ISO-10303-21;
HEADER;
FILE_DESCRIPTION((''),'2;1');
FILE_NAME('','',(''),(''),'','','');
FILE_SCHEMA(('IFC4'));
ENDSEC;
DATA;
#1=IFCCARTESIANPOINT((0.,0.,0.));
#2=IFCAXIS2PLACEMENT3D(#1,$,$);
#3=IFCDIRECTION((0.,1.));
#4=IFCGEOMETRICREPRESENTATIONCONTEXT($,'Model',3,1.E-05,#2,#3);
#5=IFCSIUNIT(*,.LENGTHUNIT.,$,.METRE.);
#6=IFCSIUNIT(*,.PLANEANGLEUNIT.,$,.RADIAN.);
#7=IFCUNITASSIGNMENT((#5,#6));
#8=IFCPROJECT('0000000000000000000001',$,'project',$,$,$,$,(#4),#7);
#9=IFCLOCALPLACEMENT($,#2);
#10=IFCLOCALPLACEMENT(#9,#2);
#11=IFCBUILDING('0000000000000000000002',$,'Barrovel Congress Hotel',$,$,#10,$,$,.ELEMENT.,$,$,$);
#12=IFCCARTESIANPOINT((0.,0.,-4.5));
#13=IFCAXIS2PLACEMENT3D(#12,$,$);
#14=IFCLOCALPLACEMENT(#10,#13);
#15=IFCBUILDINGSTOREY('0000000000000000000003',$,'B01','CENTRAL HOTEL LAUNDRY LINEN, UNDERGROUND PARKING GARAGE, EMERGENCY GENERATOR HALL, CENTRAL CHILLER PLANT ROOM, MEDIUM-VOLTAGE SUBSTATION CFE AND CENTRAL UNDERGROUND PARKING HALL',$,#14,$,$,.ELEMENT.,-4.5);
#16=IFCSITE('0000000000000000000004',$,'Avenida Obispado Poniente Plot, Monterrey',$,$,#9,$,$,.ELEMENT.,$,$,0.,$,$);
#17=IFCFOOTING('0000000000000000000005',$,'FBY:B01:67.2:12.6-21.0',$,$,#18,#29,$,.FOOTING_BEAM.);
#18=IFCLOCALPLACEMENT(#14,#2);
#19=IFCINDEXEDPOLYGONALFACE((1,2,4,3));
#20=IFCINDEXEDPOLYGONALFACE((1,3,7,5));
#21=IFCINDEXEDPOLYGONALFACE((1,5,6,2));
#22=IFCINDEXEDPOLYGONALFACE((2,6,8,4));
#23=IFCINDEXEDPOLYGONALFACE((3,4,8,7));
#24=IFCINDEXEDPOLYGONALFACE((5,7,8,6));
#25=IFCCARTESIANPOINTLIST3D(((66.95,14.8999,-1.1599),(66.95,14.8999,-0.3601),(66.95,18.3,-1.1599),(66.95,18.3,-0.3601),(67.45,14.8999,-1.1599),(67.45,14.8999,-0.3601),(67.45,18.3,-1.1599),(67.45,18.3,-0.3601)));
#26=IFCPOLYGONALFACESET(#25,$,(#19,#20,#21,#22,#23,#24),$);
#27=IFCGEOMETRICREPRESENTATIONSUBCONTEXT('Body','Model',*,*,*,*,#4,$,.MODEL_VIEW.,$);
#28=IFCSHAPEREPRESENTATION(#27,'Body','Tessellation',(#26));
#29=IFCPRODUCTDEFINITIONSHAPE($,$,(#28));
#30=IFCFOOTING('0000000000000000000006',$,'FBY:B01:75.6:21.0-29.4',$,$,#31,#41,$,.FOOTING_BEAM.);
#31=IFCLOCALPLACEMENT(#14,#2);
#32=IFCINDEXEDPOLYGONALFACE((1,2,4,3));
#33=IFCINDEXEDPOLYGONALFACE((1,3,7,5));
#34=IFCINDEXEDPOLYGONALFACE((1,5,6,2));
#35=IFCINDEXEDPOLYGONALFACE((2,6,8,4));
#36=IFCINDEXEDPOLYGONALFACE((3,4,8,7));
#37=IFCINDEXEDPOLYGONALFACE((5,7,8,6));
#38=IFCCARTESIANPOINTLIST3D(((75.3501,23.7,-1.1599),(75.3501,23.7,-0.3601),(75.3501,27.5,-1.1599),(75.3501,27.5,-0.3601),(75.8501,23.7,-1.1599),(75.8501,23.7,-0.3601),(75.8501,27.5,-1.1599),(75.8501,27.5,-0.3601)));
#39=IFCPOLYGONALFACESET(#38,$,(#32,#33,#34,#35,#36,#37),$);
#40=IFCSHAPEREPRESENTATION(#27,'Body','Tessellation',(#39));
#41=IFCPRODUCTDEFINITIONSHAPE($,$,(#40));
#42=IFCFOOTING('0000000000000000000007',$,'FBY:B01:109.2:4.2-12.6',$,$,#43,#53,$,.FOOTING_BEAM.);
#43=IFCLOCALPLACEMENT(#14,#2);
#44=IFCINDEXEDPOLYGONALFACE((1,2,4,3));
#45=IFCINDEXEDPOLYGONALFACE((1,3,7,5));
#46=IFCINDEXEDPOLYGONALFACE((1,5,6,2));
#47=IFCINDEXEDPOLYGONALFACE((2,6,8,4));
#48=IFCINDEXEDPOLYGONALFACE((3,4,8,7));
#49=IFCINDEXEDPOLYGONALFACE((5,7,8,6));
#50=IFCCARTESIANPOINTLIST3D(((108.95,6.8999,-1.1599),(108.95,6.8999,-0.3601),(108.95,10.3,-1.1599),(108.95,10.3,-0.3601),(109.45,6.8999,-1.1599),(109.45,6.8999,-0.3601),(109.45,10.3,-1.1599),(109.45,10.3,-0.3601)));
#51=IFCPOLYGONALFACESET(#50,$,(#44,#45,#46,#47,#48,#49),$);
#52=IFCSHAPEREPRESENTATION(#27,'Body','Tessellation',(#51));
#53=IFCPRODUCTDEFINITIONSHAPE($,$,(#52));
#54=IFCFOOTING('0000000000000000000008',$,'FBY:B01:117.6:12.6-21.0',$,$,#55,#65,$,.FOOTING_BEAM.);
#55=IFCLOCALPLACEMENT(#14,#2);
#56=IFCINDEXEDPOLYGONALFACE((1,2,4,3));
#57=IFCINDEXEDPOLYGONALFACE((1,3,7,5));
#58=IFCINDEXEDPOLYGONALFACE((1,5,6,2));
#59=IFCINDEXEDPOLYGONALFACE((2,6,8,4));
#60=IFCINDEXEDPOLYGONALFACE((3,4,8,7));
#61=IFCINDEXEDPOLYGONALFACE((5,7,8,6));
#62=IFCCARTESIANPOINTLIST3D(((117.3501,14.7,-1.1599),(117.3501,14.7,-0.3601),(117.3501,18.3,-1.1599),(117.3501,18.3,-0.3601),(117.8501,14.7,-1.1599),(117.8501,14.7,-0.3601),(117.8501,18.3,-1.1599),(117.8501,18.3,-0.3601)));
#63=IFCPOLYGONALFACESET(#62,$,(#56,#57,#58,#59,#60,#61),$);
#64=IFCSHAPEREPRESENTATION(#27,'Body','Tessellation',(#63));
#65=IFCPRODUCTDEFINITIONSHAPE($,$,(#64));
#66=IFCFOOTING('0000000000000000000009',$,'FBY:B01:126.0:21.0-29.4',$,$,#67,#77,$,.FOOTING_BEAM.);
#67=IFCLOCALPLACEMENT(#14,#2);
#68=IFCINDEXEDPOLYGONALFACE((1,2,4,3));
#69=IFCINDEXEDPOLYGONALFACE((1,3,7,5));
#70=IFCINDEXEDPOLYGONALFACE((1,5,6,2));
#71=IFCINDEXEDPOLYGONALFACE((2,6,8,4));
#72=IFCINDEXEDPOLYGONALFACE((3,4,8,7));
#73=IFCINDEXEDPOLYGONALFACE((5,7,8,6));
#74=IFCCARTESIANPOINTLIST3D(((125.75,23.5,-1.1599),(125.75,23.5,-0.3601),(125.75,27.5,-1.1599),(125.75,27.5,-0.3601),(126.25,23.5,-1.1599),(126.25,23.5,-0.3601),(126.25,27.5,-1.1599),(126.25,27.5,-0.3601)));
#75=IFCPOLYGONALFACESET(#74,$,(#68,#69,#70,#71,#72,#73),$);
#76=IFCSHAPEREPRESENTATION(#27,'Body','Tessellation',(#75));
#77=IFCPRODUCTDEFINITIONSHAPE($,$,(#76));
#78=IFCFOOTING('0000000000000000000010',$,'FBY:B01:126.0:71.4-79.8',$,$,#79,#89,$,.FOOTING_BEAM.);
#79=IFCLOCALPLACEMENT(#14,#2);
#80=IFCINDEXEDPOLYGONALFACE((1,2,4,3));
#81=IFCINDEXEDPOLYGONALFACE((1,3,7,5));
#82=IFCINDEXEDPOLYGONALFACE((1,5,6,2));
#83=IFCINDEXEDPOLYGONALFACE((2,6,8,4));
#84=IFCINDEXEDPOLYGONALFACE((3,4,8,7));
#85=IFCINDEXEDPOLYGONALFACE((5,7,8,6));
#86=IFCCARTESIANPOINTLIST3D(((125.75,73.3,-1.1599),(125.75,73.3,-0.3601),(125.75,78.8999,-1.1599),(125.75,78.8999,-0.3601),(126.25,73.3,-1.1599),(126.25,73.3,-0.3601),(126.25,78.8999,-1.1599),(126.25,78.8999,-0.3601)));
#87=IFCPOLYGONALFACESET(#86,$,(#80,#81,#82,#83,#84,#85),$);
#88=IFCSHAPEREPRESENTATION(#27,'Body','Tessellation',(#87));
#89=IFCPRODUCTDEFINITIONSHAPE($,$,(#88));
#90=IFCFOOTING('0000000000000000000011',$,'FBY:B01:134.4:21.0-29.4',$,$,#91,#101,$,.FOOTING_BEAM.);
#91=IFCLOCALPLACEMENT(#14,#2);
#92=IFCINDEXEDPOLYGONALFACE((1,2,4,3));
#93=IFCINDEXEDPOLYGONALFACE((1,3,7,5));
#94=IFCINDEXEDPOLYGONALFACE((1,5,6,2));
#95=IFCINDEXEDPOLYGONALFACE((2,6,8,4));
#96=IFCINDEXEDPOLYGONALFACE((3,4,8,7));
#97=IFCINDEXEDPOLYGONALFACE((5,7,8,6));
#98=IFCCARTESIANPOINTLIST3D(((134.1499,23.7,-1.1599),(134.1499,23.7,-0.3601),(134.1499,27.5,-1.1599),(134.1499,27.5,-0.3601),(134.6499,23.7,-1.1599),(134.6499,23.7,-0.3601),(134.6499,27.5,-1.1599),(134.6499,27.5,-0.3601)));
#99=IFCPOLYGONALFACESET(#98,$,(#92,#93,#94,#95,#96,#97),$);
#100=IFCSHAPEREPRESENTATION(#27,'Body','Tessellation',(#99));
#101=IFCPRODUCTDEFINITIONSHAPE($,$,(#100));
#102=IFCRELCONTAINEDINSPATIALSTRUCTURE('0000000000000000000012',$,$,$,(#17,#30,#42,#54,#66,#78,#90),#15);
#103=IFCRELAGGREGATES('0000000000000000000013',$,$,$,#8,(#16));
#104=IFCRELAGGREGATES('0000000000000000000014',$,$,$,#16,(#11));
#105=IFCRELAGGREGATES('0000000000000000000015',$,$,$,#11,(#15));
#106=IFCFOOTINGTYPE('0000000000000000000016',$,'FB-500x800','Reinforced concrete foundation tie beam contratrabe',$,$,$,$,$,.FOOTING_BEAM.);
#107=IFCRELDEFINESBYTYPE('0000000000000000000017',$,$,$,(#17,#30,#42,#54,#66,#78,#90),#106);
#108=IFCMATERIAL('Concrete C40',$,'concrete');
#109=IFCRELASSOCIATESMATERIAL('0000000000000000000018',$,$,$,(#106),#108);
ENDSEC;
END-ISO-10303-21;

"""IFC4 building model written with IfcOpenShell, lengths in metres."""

from ifc_helpers import new_model, si_unit, direction, frame, origin, place, context, subcontext, project, spatial, polyline, outline, extrude, material, type_object, element, save


model = new_model("IFC4")

# Units and contexts
model_context = context("Model", 3, precision=1e-05, world=origin(), true_north=direction((0.0, 1.0)))
body_context = subcontext(model_context, "Body", "Model", "MODEL_VIEW")
ifc_project = project(units=[si_unit("LENGTHUNIT", "METRE"), si_unit("PLANEANGLEUNIT", "RADIAN")], contexts=[model_context])

# Site, building, storey
site_placement = place(None, origin())
site = spatial("IfcSite", under=ifc_project, at=site_placement, Name="Avenida Obispado Poniente Plot, Monterrey", CompositionType="ELEMENT", RefElevation=0.0)
building_placement = place(site_placement, origin())
building = spatial("IfcBuilding", under=site, at=building_placement, Name="Barrovel Congress Hotel", CompositionType="ELEMENT")
storey_placement = place(building_placement, frame((0.0, 0.0, -4.5)))
storey = spatial("IfcBuildingStorey", under=building, at=storey_placement, Name="B01", Description="CENTRAL HOTEL LAUNDRY LINEN, UNDERGROUND PARKING GARAGE, EMERGENCY GENERATOR HALL, CENTRAL CHILLER PLANT ROOM, MEDIUM-VOLTAGE SUBSTATION CFE AND CENTRAL UNDERGROUND PARKING HALL", CompositionType="ELEMENT", Elevation=-4.5)

# Footings
ifc_material = material(Name="Concrete C40", Category="concrete")
footing_type_1 = type_object("IfcFootingType", Name="FB-500x800", Description="Reinforced concrete foundation tie beam contratrabe", PredefinedType="FOOTING_BEAM", material=ifc_material)
footing_1_placement = place(storey_placement, frame((0.0, 0.0, -1.1599)))
element("IfcFooting", 1, at=footing_1_placement, inside=storey, type_object=footing_type_1, Name="FBY:B01:67.2:12.6-21.0", PredefinedType="FOOTING_BEAM", context=body_context, shape_type="SweptSolid", body=[
    extrude(outline(polyline([(66.95, 14.8999), (67.45, 14.8999), (67.45, 18.3), (66.95, 18.3), (66.95, 14.8999)])), origin(), (0.0, 0.0, 1.0), 0.7998),
])
footing_2_placement = place(storey_placement, frame((0.0, 0.0, -1.1599)))
element("IfcFooting", 2, at=footing_2_placement, inside=storey, type_object=footing_type_1, Name="FBY:B01:75.6:21.0-29.4", PredefinedType="FOOTING_BEAM", context=body_context, shape_type="SweptSolid", body=[
    extrude(outline(polyline([(75.3501, 23.7), (75.8501, 23.7), (75.8501, 27.5), (75.3501, 27.5), (75.3501, 23.7)])), origin(), (0.0, 0.0, 1.0), 0.7998),
])
footing_3_placement = place(storey_placement, frame((0.0, 0.0, -1.1599)))
element("IfcFooting", 3, at=footing_3_placement, inside=storey, type_object=footing_type_1, Name="FBY:B01:109.2:4.2-12.6", PredefinedType="FOOTING_BEAM", context=body_context, shape_type="SweptSolid", body=[
    extrude(outline(polyline([(108.95, 6.8999), (109.45, 6.8999), (109.45, 10.3), (108.95, 10.3), (108.95, 6.8999)])), origin(), (0.0, 0.0, 1.0), 0.7998),
])
footing_4_placement = place(storey_placement, frame((0.0, 0.0, -1.1599)))
element("IfcFooting", 4, at=footing_4_placement, inside=storey, type_object=footing_type_1, Name="FBY:B01:117.6:12.6-21.0", PredefinedType="FOOTING_BEAM", context=body_context, shape_type="SweptSolid", body=[
    extrude(outline(polyline([(117.3501, 14.7), (117.8501, 14.7), (117.8501, 18.3), (117.3501, 18.3), (117.3501, 14.7)])), origin(), (0.0, 0.0, 1.0), 0.7998),
])
footing_5_placement = place(storey_placement, frame((0.0, 0.0, -1.1599)))
element("IfcFooting", 5, at=footing_5_placement, inside=storey, type_object=footing_type_1, Name="FBY:B01:126.0:21.0-29.4", PredefinedType="FOOTING_BEAM", context=body_context, shape_type="SweptSolid", body=[
    extrude(outline(polyline([(125.75, 23.5), (126.25, 23.5), (126.25, 27.5), (125.75, 27.5), (125.75, 23.5)])), origin(), (0.0, 0.0, 1.0), 0.7998),
])
footing_6_placement = place(storey_placement, frame((0.0, 0.0, -1.1599)))
element("IfcFooting", 6, at=footing_6_placement, inside=storey, type_object=footing_type_1, Name="FBY:B01:126.0:71.4-79.8", PredefinedType="FOOTING_BEAM", context=body_context, shape_type="SweptSolid", body=[
    extrude(outline(polyline([(125.75, 73.3), (126.25, 73.3), (126.25, 78.8999), (125.75, 78.8999), (125.75, 73.3)])), origin(), (0.0, 0.0, 1.0), 0.7998),
])
footing_7_placement = place(storey_placement, frame((0.0, 0.0, -1.1599)))
element("IfcFooting", 7, at=footing_7_placement, inside=storey, type_object=footing_type_1, Name="FBY:B01:134.4:21.0-29.4", PredefinedType="FOOTING_BEAM", context=body_context, shape_type="SweptSolid", body=[
    extrude(outline(polyline([(134.1499, 23.7), (134.6499, 23.7), (134.6499, 27.5), (134.1499, 27.5), (134.1499, 23.7)])), origin(), (0.0, 0.0, 1.0), 0.7998),
])

save(model, "model.ifc")
